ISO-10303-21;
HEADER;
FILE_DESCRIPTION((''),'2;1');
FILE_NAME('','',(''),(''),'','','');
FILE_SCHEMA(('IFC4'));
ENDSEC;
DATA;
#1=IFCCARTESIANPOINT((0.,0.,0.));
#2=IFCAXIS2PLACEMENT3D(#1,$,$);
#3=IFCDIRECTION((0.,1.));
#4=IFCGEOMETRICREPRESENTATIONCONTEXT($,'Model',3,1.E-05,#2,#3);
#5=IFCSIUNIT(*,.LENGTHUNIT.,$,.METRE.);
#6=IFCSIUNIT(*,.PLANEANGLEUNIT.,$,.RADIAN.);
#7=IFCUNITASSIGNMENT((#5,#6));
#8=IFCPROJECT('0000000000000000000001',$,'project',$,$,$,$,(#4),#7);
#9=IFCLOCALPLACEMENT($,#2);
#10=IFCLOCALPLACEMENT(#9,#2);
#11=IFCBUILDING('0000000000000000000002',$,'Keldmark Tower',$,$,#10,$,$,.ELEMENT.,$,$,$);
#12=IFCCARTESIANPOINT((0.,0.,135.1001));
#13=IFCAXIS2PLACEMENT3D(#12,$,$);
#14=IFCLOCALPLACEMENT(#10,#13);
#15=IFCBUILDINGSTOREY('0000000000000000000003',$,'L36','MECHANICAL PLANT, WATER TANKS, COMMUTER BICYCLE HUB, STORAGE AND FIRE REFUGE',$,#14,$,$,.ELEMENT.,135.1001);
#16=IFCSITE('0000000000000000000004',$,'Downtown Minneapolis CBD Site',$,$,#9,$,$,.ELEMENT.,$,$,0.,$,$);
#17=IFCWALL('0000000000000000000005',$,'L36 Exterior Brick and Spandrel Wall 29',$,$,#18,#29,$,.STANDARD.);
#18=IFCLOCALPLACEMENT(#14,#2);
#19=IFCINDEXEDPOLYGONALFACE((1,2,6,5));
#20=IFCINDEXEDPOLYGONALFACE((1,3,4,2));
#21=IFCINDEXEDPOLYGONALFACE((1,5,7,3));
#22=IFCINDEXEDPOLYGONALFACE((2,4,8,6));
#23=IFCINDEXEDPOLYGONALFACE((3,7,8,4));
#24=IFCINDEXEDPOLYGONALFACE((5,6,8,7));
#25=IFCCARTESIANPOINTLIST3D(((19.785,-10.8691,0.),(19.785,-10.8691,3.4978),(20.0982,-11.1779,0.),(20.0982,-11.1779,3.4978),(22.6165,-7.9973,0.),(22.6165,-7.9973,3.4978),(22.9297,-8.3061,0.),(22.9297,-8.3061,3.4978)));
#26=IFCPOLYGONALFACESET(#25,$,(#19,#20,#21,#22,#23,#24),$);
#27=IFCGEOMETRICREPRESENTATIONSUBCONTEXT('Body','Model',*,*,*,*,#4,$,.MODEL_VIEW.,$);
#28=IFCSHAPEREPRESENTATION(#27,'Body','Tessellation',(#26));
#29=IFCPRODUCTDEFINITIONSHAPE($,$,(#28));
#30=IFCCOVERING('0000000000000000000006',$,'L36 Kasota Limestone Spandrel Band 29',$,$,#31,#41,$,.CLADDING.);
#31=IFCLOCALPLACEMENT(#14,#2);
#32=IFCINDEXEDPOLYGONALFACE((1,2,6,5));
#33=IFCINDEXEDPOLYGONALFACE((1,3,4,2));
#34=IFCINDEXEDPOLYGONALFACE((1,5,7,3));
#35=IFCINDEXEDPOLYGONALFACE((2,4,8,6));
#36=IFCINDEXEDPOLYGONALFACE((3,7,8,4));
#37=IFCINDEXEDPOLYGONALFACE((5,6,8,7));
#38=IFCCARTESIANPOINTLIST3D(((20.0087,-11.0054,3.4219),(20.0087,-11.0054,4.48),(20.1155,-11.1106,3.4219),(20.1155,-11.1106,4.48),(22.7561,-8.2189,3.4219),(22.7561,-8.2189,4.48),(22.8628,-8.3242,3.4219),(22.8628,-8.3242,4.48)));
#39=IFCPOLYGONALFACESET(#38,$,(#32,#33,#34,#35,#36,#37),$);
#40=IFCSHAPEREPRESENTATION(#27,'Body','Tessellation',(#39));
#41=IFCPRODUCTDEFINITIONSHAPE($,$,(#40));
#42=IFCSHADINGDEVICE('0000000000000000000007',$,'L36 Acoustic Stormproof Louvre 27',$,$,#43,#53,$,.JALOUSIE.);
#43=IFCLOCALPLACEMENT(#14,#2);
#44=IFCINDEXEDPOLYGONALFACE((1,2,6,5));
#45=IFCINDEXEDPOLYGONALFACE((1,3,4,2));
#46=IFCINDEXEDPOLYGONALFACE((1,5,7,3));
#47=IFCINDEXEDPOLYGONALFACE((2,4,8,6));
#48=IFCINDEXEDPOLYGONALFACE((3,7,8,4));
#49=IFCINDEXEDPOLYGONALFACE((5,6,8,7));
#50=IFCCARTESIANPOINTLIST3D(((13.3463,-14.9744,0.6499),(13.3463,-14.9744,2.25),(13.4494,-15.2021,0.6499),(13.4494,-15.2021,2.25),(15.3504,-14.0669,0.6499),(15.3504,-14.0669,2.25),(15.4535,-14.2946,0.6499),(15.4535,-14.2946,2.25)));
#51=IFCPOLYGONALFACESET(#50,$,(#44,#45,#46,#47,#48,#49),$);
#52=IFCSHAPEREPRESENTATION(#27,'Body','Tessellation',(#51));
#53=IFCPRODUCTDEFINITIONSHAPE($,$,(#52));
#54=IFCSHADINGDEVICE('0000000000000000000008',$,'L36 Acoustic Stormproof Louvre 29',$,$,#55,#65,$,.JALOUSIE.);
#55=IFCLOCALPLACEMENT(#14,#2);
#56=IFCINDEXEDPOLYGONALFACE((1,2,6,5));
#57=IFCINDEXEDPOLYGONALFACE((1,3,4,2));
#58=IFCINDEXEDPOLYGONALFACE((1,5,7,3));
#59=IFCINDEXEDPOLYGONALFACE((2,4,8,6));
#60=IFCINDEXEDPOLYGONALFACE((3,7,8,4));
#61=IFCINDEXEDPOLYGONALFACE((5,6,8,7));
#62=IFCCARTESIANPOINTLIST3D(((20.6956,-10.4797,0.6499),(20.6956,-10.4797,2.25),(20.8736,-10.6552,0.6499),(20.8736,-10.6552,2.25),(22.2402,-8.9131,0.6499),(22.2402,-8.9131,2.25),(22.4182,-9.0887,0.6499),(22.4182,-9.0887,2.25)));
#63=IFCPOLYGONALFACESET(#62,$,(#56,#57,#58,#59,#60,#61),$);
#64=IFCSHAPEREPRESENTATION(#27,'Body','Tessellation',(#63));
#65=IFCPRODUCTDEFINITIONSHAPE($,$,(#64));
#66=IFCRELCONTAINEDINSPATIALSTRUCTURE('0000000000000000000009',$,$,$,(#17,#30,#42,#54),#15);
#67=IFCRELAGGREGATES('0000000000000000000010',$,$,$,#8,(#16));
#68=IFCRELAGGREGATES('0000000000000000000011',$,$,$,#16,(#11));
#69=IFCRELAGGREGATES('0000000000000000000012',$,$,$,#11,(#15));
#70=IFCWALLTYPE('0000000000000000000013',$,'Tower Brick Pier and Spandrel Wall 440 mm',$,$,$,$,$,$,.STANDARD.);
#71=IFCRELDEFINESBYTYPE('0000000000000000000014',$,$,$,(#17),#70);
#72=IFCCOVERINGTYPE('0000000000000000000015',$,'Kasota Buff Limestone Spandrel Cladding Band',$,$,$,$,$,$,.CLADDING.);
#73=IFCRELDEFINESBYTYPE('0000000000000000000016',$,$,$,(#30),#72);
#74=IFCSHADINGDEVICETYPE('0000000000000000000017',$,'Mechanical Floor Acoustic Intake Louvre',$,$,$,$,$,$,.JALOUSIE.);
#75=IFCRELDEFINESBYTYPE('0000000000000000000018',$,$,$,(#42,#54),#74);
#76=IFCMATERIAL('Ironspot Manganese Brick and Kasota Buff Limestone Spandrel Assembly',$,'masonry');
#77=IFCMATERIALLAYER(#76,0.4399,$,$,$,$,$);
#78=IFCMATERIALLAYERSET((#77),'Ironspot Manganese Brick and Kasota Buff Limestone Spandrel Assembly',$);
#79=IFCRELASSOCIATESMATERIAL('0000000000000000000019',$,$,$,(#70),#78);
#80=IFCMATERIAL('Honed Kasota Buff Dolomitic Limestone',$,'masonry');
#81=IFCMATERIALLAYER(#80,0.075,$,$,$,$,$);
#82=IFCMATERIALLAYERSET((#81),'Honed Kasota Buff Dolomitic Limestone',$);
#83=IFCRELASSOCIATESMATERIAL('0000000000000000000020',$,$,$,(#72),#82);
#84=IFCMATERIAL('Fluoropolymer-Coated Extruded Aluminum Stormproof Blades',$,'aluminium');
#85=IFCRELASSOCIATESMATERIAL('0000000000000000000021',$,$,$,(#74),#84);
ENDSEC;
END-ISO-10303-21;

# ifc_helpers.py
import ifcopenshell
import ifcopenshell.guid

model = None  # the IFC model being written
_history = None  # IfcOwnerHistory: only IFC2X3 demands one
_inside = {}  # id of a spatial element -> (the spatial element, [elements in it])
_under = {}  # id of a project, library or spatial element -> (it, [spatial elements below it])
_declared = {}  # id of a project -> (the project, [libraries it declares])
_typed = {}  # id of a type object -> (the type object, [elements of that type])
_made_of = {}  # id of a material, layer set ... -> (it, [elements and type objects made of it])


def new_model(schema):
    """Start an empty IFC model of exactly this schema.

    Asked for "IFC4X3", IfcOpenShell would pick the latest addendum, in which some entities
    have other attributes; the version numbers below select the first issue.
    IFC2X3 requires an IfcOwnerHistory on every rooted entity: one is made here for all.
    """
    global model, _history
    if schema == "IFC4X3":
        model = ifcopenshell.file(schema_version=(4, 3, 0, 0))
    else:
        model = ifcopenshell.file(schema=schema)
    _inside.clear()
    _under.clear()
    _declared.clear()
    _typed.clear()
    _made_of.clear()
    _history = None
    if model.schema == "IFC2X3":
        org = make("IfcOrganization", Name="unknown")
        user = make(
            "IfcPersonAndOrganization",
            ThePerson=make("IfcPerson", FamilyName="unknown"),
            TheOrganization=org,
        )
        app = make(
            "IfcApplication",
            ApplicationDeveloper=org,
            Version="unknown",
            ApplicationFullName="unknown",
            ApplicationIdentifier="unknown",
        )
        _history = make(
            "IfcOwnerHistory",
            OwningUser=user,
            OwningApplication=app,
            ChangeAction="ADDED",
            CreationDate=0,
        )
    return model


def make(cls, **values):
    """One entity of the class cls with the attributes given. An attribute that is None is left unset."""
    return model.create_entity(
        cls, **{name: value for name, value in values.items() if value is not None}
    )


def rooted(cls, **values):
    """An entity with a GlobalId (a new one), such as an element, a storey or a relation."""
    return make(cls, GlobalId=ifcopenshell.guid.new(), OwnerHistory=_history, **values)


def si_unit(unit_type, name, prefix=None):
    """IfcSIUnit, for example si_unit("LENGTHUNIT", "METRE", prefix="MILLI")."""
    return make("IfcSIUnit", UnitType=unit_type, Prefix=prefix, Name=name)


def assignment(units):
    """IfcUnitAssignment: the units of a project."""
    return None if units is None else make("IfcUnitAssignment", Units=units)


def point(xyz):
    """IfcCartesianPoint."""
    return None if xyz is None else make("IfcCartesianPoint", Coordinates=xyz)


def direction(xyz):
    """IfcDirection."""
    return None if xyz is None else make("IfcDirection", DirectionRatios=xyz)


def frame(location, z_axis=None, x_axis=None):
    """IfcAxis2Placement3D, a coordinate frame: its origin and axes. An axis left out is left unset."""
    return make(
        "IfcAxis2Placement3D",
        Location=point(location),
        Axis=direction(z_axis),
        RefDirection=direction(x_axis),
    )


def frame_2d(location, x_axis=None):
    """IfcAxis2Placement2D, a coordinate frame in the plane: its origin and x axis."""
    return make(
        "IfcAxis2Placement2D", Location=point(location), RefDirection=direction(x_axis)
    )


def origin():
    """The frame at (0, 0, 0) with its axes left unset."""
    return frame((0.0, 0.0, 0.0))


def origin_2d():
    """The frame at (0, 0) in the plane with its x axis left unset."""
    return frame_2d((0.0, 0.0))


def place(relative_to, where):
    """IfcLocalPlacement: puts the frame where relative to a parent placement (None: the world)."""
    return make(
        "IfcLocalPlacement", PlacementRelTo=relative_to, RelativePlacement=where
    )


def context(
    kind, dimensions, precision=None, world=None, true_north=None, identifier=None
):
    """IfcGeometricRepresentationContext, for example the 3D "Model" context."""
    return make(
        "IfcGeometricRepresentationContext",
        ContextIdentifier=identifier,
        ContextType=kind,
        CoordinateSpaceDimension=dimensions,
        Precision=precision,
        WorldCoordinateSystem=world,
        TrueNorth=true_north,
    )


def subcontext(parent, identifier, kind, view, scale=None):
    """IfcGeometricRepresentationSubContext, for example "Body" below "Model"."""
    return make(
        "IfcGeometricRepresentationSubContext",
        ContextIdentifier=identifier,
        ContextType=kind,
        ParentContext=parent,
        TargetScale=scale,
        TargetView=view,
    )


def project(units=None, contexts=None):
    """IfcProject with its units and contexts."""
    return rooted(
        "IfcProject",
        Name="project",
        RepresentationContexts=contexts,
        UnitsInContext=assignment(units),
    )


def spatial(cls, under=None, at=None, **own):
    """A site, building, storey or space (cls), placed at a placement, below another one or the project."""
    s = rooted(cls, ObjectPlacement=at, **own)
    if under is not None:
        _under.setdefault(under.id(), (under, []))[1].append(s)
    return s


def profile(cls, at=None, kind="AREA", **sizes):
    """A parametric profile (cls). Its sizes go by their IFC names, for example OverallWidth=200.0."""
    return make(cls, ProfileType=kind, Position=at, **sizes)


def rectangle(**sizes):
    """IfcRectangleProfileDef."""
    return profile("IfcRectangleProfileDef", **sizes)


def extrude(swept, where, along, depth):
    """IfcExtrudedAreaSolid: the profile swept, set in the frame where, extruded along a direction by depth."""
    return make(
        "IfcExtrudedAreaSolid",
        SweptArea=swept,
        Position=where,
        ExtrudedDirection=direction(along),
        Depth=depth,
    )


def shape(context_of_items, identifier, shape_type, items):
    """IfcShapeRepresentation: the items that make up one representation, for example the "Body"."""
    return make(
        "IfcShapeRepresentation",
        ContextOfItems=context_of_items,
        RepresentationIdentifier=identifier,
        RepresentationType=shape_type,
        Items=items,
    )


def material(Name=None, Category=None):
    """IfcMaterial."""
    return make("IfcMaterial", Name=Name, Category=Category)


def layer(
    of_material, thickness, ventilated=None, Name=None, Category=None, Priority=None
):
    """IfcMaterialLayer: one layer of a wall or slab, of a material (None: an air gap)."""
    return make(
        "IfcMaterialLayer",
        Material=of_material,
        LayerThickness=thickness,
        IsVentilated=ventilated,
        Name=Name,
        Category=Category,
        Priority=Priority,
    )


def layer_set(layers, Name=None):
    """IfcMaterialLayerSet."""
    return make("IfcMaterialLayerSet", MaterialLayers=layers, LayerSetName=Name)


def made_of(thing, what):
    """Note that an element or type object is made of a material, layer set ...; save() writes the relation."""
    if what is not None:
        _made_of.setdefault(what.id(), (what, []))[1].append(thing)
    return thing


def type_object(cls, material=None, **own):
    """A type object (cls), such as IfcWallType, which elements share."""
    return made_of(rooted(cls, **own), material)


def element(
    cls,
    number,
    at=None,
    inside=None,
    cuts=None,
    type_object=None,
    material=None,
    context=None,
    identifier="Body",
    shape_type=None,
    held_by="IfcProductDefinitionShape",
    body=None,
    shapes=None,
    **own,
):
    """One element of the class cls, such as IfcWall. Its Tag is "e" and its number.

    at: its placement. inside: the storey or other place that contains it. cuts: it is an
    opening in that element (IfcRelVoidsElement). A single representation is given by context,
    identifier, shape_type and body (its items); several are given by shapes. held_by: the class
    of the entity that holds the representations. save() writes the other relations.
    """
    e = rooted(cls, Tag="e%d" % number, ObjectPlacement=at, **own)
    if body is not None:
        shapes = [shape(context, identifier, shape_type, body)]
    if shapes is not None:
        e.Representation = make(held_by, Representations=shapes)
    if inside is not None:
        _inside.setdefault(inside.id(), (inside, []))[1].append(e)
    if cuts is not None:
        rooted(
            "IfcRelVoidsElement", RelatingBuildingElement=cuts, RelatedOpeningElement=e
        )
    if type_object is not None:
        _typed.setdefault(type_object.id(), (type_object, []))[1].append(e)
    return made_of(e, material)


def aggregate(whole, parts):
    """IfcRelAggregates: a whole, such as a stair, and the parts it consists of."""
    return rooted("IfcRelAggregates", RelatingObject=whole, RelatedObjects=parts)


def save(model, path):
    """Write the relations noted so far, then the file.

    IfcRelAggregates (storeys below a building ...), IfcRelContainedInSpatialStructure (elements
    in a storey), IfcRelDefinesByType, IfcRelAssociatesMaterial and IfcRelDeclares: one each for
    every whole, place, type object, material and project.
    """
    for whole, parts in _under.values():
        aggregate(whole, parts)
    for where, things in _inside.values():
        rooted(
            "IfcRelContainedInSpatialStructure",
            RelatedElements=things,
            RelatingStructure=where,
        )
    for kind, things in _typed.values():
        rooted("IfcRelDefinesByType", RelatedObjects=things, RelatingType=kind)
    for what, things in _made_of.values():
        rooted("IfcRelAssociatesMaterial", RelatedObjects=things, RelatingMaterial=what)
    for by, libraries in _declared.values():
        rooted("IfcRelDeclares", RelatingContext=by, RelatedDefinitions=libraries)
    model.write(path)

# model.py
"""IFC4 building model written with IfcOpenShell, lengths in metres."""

from ifc_helpers import new_model, si_unit, direction, frame, frame_2d, origin, origin_2d, place, context, subcontext, project, spatial, rectangle, extrude, material, layer, layer_set, type_object, element, save


model = new_model("IFC4")

# Units and contexts
model_context = context("Model", 3, precision=1e-05, world=origin(), true_north=direction((0.0, 1.0)))
body_context = subcontext(model_context, "Body", "Model", "MODEL_VIEW")
ifc_project = project(units=[si_unit("LENGTHUNIT", "METRE"), si_unit("PLANEANGLEUNIT", "RADIAN")], contexts=[model_context])

# Site, building, storey
site_placement = place(None, origin())
site = spatial("IfcSite", under=ifc_project, at=site_placement, Name="Downtown Minneapolis CBD Site", CompositionType="ELEMENT", RefElevation=0.0)
building_placement = place(site_placement, origin())
building = spatial("IfcBuilding", under=site, at=building_placement, Name="Keldmark Tower", CompositionType="ELEMENT")
storey_placement = place(building_placement, frame((0.0, 0.0, 135.1001)))
storey = spatial("IfcBuildingStorey", under=building, at=storey_placement, Name="L36", Description="MECHANICAL PLANT, WATER TANKS, COMMUTER BICYCLE HUB, STORAGE AND FIRE REFUGE", CompositionType="ELEMENT", Elevation=135.1001)

# Wall
ifc_material_1 = material(Name="Ironspot Manganese Brick and Kasota Buff Limestone Spandrel Assembly", Category="masonry")
ifc_layer_1 = layer(ifc_material_1, 0.4399)
ifc_layer_set_1 = layer_set([ifc_layer_1], Name="Ironspot Manganese Brick and Kasota Buff Limestone Spandrel Assembly")
wall_type_1 = type_object("IfcWallType", Name="Tower Brick Pier and Spandrel Wall 440 mm", PredefinedType="STANDARD", material=ifc_layer_set_1)
wall_1_placement = place(storey_placement, frame((22.7732, -8.1516, 0.0), z_axis=(0.0, 0.0, 1.0), x_axis=(-0.702095, -0.712083, 0.0)))
element("IfcWall", 1, at=wall_1_placement, inside=storey, type_object=wall_type_1, Name="L36 Exterior Brick and Spandrel Wall 29", PredefinedType="STANDARD", context=body_context, shape_type="SweptSolid", body=[
    extrude(rectangle(XDim=4.033, YDim=0.4399, at=frame_2d((2.0166, 0.0))), origin(), (0.0, 0.0, 1.0), 3.4978),
])

# Covering
ifc_material_2 = material(Name="Honed Kasota Buff Dolomitic Limestone", Category="masonry")
ifc_layer_2 = layer(ifc_material_2, 0.075)
ifc_layer_set_2 = layer_set([ifc_layer_2], Name="Honed Kasota Buff Dolomitic Limestone")
covering_type = type_object("IfcCoveringType", Name="Kasota Buff Limestone Spandrel Cladding Band", PredefinedType="CLADDING", material=ifc_layer_set_2)
covering_placement = place(storey_placement, frame((21.4358, -9.6648, 3.4219), z_axis=(0.0, 0.0, 1.0), x_axis=(0.702091, 0.712087, 0.0)))
element("IfcCovering", 2, at=covering_placement, inside=storey, type_object=covering_type, Name="L36 Kasota Limestone Spandrel Band 29", PredefinedType="CLADDING", context=body_context, shape_type="SweptSolid", body=[
    extrude(rectangle(XDim=3.9131, YDim=0.1499, at=origin_2d()), origin(), (0.0, 0.0, 1.0), 1.0581),
])

# Shading devices
ifc_material_3 = material(Name="Fluoropolymer-Coated Extruded Aluminum Stormproof Blades", Category="aluminium")
shading_device_type = type_object("IfcShadingDeviceType", Name="Mechanical Floor Acoustic Intake Louvre", PredefinedType="JALOUSIE", material=ifc_material_3)
for number, where, z_axis, x_axis, name in (
    (3, (14.3999, -14.6345, 0.6499), (0.0, 0.0, 1.0), (0.91095, 0.412516, 0.0), "L36 Acoustic Stormproof Louvre 27"),
    (4, (21.5569, -9.7842, 0.6499), (0.0, 0.0, 1.0), (0.702091, 0.712087, 0.0), "L36 Acoustic Stormproof Louvre 29"),
):
    element("IfcShadingDevice", number, at=place(storey_placement, frame(where, z_axis=z_axis, x_axis=x_axis)), inside=storey, type_object=shading_device_type, Name=name, PredefinedType="JALOUSIE", context=body_context, shape_type="SweptSolid", body=[
        extrude(rectangle(XDim=2.2, YDim=0.25, at=origin_2d()), origin(), (0.0, 0.0, 1.0), 1.6001),
    ])

save(model, "model.ifc")
